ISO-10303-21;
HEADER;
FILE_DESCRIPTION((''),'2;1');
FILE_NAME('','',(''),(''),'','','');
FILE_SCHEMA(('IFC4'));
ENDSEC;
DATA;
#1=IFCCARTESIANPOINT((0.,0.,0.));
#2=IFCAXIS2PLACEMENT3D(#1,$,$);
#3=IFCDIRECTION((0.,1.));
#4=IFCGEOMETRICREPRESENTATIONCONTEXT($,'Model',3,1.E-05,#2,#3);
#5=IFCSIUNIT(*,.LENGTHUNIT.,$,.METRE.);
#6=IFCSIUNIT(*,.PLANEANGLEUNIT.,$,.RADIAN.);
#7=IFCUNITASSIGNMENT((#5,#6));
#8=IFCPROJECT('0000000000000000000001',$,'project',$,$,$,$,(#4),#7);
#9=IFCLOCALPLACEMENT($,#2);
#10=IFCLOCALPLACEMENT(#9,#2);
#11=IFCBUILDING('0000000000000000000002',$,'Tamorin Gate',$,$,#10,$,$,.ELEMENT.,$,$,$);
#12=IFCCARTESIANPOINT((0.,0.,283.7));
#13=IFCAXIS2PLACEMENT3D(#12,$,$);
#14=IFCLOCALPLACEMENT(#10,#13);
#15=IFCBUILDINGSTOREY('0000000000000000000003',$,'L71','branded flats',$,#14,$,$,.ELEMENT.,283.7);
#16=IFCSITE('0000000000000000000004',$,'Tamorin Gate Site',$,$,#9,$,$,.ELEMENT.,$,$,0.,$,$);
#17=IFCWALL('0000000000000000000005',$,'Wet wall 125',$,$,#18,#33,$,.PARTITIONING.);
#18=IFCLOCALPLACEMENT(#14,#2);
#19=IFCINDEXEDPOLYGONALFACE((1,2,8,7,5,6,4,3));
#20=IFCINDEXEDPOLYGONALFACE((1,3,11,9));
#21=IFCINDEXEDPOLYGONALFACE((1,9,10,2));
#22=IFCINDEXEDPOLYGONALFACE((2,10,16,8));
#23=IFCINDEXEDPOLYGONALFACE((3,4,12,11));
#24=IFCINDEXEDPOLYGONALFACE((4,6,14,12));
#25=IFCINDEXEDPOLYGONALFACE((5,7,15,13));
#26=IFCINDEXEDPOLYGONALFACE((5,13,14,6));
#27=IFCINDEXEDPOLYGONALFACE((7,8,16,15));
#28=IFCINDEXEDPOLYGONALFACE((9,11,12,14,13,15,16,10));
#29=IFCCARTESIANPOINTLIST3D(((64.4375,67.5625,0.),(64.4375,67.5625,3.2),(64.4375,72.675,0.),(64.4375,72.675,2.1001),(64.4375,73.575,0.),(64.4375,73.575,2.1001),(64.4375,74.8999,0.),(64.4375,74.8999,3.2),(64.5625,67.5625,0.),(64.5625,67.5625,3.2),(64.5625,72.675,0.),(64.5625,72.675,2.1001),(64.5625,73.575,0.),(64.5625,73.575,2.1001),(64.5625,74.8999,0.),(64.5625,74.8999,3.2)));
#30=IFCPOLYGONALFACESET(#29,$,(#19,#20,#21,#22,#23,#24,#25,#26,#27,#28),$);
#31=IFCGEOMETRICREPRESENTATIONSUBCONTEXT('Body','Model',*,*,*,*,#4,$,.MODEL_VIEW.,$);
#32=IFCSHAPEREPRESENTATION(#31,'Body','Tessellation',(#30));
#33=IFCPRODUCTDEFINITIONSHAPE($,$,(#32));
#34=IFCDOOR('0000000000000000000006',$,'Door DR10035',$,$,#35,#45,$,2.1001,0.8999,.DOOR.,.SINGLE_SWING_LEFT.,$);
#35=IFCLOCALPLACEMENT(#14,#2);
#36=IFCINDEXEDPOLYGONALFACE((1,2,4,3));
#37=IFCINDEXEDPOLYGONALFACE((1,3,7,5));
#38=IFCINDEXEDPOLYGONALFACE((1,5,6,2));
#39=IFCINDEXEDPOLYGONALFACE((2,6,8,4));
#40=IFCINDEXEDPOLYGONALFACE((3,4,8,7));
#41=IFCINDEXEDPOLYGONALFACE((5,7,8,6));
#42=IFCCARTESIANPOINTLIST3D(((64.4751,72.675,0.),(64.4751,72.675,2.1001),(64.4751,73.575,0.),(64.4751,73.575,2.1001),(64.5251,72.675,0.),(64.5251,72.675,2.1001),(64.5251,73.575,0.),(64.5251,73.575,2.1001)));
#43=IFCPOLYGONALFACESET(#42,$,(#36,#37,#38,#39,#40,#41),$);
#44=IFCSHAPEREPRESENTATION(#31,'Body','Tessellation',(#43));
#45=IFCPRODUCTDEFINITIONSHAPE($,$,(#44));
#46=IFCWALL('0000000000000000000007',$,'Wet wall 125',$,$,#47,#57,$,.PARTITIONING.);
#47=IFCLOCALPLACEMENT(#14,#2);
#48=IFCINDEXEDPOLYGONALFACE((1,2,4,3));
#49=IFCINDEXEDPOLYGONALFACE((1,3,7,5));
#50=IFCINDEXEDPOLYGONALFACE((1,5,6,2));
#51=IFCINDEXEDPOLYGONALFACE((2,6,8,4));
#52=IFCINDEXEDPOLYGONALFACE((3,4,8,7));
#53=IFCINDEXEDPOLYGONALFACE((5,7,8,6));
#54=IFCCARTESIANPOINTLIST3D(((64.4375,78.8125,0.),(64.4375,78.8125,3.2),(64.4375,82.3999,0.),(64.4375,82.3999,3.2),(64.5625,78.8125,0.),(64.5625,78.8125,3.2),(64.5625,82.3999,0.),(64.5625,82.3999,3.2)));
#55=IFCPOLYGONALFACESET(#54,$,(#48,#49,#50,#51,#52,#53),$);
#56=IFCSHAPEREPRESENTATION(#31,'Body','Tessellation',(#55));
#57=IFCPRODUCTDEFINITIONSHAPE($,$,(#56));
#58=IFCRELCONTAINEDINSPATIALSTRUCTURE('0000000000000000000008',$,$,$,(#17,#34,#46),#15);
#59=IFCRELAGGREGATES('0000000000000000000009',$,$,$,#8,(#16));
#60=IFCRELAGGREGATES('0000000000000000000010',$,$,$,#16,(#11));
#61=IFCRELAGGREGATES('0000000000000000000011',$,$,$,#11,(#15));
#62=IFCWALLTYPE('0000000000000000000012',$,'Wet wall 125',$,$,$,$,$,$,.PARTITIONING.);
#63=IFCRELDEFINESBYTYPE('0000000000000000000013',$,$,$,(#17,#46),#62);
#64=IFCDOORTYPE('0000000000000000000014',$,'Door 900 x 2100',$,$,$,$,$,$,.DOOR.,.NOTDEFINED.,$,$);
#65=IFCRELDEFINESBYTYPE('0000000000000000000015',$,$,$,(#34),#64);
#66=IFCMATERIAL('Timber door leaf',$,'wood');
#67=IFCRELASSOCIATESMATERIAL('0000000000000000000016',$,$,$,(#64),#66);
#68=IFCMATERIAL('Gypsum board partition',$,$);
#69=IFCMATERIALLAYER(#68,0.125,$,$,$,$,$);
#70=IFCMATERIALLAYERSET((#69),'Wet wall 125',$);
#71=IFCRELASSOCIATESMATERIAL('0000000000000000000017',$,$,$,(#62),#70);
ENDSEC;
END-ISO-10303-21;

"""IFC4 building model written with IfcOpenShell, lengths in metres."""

from ifc_helpers import new_model, si_unit, direction, frame, frame_2d, origin, place, context, subcontext, project, spatial, rectangle, extrude, material, layer, layer_set, type_object, element, fill, save


model = new_model("IFC4")

# Units and contexts
model_context = context("Model", 3, precision=1e-05, world=origin(), true_north=direction((0.0, 1.0)))
body_context = subcontext(model_context, "Body", "Model", "MODEL_VIEW")
ifc_project = project(units=[si_unit("LENGTHUNIT", "METRE"), si_unit("PLANEANGLEUNIT", "RADIAN")], contexts=[model_context])

# Site, building, storey
site_placement = place(None, origin())
site = spatial("IfcSite", under=ifc_project, at=site_placement, Name="Tamorin Gate Site", CompositionType="ELEMENT", RefElevation=0.0)
building_placement = place(site_placement, origin())
building = spatial("IfcBuilding", under=site, at=building_placement, Name="Tamorin Gate", CompositionType="ELEMENT")
storey_placement = place(building_placement, frame((0.0, 0.0, 283.7)))
storey = spatial("IfcBuildingStorey", under=building, at=storey_placement, Name="L71", Description="branded flats", CompositionType="ELEMENT", Elevation=283.7)

# Shared definitions
ifc_material_1 = material(Name="Gypsum board partition")
ifc_material_2 = material(Name="Timber door leaf", Category="wood")
door_type = type_object("IfcDoorType", Name="Door 900 x 2100", OperationType="NOTDEFINED", PredefinedType="DOOR", material=ifc_material_2)

# Wall, opening, door
ifc_layer_1 = layer(ifc_material_1, 0.125)
ifc_layer_set_1 = layer_set([ifc_layer_1], Name="Wet wall 125")
wall_type_1 = type_object("IfcWallType", Name="Wet wall 125", PredefinedType="PARTITIONING", material=ifc_layer_set_1)
wall_1_placement = place(storey_placement, frame((64.5, 67.5625, 0.0), z_axis=(0.0, 0.0, 1.0), x_axis=(0.0, 1.0, 0.0)))
wall_1 = element("IfcWall", 1, at=wall_1_placement, inside=storey, type_object=wall_type_1, Name="Wet wall 125", PredefinedType="PARTITIONING", context=body_context, shape_type="SweptSolid", body=[
    extrude(rectangle(XDim=7.3374, YDim=0.125, at=frame_2d((3.6687, 0.0))), origin(), (0.0, 0.0, 1.0), 3.2),
])
opening_1_placement = place(wall_1_placement, frame((5.1125, 0.0, 0.0)))
opening_1 = element("IfcOpeningElement", 2, at=opening_1_placement, cuts=wall_1, PredefinedType="OPENING", context=body_context, shape_type="SweptSolid", body=[
    extrude(rectangle(XDim=0.8999, YDim=2.1001, at=frame_2d((0.45, 1.05))), frame((0.0, 0.0725, 0.0), z_axis=(0.0, -1.0, 0.0), x_axis=(1.0, 0.0, 0.0)), (0.0, 0.0, 1.0), 0.145),
])
door_1_placement = place(opening_1_placement, origin())
door_1 = element("IfcDoor", 3, at=door_1_placement, inside=storey, type_object=door_type, Name="Door DR10035", OperationType="SINGLE_SWING_LEFT", OverallHeight=2.1001, OverallWidth=0.8999, PredefinedType="DOOR", context=body_context, shape_type="SweptSolid", body=[
    extrude(rectangle(XDim=0.8999, YDim=2.1001, at=frame_2d((0.45, 1.05))), frame((0.0, 0.0249, 0.0), z_axis=(0.0, -1.0, 0.0), x_axis=(1.0, 0.0, 0.0)), (0.0, 0.0, 1.0), 0.05),
])
fill(opening_1, door_1)

# Wall
wall_2_placement = place(storey_placement, frame((64.5, 78.8125, 0.0), z_axis=(0.0, 0.0, 1.0), x_axis=(0.0, 1.0, 0.0)))
element("IfcWall", 4, at=wall_2_placement, inside=storey, type_object=wall_type_1, Name="Wet wall 125", PredefinedType="PARTITIONING", context=body_context, shape_type="SweptSolid", body=[
    extrude(rectangle(XDim=3.5874, YDim=0.125, at=frame_2d((1.7937, 0.0))), origin(), (0.0, 0.0, 1.0), 3.2),
])

save(model, "model.ifc")
